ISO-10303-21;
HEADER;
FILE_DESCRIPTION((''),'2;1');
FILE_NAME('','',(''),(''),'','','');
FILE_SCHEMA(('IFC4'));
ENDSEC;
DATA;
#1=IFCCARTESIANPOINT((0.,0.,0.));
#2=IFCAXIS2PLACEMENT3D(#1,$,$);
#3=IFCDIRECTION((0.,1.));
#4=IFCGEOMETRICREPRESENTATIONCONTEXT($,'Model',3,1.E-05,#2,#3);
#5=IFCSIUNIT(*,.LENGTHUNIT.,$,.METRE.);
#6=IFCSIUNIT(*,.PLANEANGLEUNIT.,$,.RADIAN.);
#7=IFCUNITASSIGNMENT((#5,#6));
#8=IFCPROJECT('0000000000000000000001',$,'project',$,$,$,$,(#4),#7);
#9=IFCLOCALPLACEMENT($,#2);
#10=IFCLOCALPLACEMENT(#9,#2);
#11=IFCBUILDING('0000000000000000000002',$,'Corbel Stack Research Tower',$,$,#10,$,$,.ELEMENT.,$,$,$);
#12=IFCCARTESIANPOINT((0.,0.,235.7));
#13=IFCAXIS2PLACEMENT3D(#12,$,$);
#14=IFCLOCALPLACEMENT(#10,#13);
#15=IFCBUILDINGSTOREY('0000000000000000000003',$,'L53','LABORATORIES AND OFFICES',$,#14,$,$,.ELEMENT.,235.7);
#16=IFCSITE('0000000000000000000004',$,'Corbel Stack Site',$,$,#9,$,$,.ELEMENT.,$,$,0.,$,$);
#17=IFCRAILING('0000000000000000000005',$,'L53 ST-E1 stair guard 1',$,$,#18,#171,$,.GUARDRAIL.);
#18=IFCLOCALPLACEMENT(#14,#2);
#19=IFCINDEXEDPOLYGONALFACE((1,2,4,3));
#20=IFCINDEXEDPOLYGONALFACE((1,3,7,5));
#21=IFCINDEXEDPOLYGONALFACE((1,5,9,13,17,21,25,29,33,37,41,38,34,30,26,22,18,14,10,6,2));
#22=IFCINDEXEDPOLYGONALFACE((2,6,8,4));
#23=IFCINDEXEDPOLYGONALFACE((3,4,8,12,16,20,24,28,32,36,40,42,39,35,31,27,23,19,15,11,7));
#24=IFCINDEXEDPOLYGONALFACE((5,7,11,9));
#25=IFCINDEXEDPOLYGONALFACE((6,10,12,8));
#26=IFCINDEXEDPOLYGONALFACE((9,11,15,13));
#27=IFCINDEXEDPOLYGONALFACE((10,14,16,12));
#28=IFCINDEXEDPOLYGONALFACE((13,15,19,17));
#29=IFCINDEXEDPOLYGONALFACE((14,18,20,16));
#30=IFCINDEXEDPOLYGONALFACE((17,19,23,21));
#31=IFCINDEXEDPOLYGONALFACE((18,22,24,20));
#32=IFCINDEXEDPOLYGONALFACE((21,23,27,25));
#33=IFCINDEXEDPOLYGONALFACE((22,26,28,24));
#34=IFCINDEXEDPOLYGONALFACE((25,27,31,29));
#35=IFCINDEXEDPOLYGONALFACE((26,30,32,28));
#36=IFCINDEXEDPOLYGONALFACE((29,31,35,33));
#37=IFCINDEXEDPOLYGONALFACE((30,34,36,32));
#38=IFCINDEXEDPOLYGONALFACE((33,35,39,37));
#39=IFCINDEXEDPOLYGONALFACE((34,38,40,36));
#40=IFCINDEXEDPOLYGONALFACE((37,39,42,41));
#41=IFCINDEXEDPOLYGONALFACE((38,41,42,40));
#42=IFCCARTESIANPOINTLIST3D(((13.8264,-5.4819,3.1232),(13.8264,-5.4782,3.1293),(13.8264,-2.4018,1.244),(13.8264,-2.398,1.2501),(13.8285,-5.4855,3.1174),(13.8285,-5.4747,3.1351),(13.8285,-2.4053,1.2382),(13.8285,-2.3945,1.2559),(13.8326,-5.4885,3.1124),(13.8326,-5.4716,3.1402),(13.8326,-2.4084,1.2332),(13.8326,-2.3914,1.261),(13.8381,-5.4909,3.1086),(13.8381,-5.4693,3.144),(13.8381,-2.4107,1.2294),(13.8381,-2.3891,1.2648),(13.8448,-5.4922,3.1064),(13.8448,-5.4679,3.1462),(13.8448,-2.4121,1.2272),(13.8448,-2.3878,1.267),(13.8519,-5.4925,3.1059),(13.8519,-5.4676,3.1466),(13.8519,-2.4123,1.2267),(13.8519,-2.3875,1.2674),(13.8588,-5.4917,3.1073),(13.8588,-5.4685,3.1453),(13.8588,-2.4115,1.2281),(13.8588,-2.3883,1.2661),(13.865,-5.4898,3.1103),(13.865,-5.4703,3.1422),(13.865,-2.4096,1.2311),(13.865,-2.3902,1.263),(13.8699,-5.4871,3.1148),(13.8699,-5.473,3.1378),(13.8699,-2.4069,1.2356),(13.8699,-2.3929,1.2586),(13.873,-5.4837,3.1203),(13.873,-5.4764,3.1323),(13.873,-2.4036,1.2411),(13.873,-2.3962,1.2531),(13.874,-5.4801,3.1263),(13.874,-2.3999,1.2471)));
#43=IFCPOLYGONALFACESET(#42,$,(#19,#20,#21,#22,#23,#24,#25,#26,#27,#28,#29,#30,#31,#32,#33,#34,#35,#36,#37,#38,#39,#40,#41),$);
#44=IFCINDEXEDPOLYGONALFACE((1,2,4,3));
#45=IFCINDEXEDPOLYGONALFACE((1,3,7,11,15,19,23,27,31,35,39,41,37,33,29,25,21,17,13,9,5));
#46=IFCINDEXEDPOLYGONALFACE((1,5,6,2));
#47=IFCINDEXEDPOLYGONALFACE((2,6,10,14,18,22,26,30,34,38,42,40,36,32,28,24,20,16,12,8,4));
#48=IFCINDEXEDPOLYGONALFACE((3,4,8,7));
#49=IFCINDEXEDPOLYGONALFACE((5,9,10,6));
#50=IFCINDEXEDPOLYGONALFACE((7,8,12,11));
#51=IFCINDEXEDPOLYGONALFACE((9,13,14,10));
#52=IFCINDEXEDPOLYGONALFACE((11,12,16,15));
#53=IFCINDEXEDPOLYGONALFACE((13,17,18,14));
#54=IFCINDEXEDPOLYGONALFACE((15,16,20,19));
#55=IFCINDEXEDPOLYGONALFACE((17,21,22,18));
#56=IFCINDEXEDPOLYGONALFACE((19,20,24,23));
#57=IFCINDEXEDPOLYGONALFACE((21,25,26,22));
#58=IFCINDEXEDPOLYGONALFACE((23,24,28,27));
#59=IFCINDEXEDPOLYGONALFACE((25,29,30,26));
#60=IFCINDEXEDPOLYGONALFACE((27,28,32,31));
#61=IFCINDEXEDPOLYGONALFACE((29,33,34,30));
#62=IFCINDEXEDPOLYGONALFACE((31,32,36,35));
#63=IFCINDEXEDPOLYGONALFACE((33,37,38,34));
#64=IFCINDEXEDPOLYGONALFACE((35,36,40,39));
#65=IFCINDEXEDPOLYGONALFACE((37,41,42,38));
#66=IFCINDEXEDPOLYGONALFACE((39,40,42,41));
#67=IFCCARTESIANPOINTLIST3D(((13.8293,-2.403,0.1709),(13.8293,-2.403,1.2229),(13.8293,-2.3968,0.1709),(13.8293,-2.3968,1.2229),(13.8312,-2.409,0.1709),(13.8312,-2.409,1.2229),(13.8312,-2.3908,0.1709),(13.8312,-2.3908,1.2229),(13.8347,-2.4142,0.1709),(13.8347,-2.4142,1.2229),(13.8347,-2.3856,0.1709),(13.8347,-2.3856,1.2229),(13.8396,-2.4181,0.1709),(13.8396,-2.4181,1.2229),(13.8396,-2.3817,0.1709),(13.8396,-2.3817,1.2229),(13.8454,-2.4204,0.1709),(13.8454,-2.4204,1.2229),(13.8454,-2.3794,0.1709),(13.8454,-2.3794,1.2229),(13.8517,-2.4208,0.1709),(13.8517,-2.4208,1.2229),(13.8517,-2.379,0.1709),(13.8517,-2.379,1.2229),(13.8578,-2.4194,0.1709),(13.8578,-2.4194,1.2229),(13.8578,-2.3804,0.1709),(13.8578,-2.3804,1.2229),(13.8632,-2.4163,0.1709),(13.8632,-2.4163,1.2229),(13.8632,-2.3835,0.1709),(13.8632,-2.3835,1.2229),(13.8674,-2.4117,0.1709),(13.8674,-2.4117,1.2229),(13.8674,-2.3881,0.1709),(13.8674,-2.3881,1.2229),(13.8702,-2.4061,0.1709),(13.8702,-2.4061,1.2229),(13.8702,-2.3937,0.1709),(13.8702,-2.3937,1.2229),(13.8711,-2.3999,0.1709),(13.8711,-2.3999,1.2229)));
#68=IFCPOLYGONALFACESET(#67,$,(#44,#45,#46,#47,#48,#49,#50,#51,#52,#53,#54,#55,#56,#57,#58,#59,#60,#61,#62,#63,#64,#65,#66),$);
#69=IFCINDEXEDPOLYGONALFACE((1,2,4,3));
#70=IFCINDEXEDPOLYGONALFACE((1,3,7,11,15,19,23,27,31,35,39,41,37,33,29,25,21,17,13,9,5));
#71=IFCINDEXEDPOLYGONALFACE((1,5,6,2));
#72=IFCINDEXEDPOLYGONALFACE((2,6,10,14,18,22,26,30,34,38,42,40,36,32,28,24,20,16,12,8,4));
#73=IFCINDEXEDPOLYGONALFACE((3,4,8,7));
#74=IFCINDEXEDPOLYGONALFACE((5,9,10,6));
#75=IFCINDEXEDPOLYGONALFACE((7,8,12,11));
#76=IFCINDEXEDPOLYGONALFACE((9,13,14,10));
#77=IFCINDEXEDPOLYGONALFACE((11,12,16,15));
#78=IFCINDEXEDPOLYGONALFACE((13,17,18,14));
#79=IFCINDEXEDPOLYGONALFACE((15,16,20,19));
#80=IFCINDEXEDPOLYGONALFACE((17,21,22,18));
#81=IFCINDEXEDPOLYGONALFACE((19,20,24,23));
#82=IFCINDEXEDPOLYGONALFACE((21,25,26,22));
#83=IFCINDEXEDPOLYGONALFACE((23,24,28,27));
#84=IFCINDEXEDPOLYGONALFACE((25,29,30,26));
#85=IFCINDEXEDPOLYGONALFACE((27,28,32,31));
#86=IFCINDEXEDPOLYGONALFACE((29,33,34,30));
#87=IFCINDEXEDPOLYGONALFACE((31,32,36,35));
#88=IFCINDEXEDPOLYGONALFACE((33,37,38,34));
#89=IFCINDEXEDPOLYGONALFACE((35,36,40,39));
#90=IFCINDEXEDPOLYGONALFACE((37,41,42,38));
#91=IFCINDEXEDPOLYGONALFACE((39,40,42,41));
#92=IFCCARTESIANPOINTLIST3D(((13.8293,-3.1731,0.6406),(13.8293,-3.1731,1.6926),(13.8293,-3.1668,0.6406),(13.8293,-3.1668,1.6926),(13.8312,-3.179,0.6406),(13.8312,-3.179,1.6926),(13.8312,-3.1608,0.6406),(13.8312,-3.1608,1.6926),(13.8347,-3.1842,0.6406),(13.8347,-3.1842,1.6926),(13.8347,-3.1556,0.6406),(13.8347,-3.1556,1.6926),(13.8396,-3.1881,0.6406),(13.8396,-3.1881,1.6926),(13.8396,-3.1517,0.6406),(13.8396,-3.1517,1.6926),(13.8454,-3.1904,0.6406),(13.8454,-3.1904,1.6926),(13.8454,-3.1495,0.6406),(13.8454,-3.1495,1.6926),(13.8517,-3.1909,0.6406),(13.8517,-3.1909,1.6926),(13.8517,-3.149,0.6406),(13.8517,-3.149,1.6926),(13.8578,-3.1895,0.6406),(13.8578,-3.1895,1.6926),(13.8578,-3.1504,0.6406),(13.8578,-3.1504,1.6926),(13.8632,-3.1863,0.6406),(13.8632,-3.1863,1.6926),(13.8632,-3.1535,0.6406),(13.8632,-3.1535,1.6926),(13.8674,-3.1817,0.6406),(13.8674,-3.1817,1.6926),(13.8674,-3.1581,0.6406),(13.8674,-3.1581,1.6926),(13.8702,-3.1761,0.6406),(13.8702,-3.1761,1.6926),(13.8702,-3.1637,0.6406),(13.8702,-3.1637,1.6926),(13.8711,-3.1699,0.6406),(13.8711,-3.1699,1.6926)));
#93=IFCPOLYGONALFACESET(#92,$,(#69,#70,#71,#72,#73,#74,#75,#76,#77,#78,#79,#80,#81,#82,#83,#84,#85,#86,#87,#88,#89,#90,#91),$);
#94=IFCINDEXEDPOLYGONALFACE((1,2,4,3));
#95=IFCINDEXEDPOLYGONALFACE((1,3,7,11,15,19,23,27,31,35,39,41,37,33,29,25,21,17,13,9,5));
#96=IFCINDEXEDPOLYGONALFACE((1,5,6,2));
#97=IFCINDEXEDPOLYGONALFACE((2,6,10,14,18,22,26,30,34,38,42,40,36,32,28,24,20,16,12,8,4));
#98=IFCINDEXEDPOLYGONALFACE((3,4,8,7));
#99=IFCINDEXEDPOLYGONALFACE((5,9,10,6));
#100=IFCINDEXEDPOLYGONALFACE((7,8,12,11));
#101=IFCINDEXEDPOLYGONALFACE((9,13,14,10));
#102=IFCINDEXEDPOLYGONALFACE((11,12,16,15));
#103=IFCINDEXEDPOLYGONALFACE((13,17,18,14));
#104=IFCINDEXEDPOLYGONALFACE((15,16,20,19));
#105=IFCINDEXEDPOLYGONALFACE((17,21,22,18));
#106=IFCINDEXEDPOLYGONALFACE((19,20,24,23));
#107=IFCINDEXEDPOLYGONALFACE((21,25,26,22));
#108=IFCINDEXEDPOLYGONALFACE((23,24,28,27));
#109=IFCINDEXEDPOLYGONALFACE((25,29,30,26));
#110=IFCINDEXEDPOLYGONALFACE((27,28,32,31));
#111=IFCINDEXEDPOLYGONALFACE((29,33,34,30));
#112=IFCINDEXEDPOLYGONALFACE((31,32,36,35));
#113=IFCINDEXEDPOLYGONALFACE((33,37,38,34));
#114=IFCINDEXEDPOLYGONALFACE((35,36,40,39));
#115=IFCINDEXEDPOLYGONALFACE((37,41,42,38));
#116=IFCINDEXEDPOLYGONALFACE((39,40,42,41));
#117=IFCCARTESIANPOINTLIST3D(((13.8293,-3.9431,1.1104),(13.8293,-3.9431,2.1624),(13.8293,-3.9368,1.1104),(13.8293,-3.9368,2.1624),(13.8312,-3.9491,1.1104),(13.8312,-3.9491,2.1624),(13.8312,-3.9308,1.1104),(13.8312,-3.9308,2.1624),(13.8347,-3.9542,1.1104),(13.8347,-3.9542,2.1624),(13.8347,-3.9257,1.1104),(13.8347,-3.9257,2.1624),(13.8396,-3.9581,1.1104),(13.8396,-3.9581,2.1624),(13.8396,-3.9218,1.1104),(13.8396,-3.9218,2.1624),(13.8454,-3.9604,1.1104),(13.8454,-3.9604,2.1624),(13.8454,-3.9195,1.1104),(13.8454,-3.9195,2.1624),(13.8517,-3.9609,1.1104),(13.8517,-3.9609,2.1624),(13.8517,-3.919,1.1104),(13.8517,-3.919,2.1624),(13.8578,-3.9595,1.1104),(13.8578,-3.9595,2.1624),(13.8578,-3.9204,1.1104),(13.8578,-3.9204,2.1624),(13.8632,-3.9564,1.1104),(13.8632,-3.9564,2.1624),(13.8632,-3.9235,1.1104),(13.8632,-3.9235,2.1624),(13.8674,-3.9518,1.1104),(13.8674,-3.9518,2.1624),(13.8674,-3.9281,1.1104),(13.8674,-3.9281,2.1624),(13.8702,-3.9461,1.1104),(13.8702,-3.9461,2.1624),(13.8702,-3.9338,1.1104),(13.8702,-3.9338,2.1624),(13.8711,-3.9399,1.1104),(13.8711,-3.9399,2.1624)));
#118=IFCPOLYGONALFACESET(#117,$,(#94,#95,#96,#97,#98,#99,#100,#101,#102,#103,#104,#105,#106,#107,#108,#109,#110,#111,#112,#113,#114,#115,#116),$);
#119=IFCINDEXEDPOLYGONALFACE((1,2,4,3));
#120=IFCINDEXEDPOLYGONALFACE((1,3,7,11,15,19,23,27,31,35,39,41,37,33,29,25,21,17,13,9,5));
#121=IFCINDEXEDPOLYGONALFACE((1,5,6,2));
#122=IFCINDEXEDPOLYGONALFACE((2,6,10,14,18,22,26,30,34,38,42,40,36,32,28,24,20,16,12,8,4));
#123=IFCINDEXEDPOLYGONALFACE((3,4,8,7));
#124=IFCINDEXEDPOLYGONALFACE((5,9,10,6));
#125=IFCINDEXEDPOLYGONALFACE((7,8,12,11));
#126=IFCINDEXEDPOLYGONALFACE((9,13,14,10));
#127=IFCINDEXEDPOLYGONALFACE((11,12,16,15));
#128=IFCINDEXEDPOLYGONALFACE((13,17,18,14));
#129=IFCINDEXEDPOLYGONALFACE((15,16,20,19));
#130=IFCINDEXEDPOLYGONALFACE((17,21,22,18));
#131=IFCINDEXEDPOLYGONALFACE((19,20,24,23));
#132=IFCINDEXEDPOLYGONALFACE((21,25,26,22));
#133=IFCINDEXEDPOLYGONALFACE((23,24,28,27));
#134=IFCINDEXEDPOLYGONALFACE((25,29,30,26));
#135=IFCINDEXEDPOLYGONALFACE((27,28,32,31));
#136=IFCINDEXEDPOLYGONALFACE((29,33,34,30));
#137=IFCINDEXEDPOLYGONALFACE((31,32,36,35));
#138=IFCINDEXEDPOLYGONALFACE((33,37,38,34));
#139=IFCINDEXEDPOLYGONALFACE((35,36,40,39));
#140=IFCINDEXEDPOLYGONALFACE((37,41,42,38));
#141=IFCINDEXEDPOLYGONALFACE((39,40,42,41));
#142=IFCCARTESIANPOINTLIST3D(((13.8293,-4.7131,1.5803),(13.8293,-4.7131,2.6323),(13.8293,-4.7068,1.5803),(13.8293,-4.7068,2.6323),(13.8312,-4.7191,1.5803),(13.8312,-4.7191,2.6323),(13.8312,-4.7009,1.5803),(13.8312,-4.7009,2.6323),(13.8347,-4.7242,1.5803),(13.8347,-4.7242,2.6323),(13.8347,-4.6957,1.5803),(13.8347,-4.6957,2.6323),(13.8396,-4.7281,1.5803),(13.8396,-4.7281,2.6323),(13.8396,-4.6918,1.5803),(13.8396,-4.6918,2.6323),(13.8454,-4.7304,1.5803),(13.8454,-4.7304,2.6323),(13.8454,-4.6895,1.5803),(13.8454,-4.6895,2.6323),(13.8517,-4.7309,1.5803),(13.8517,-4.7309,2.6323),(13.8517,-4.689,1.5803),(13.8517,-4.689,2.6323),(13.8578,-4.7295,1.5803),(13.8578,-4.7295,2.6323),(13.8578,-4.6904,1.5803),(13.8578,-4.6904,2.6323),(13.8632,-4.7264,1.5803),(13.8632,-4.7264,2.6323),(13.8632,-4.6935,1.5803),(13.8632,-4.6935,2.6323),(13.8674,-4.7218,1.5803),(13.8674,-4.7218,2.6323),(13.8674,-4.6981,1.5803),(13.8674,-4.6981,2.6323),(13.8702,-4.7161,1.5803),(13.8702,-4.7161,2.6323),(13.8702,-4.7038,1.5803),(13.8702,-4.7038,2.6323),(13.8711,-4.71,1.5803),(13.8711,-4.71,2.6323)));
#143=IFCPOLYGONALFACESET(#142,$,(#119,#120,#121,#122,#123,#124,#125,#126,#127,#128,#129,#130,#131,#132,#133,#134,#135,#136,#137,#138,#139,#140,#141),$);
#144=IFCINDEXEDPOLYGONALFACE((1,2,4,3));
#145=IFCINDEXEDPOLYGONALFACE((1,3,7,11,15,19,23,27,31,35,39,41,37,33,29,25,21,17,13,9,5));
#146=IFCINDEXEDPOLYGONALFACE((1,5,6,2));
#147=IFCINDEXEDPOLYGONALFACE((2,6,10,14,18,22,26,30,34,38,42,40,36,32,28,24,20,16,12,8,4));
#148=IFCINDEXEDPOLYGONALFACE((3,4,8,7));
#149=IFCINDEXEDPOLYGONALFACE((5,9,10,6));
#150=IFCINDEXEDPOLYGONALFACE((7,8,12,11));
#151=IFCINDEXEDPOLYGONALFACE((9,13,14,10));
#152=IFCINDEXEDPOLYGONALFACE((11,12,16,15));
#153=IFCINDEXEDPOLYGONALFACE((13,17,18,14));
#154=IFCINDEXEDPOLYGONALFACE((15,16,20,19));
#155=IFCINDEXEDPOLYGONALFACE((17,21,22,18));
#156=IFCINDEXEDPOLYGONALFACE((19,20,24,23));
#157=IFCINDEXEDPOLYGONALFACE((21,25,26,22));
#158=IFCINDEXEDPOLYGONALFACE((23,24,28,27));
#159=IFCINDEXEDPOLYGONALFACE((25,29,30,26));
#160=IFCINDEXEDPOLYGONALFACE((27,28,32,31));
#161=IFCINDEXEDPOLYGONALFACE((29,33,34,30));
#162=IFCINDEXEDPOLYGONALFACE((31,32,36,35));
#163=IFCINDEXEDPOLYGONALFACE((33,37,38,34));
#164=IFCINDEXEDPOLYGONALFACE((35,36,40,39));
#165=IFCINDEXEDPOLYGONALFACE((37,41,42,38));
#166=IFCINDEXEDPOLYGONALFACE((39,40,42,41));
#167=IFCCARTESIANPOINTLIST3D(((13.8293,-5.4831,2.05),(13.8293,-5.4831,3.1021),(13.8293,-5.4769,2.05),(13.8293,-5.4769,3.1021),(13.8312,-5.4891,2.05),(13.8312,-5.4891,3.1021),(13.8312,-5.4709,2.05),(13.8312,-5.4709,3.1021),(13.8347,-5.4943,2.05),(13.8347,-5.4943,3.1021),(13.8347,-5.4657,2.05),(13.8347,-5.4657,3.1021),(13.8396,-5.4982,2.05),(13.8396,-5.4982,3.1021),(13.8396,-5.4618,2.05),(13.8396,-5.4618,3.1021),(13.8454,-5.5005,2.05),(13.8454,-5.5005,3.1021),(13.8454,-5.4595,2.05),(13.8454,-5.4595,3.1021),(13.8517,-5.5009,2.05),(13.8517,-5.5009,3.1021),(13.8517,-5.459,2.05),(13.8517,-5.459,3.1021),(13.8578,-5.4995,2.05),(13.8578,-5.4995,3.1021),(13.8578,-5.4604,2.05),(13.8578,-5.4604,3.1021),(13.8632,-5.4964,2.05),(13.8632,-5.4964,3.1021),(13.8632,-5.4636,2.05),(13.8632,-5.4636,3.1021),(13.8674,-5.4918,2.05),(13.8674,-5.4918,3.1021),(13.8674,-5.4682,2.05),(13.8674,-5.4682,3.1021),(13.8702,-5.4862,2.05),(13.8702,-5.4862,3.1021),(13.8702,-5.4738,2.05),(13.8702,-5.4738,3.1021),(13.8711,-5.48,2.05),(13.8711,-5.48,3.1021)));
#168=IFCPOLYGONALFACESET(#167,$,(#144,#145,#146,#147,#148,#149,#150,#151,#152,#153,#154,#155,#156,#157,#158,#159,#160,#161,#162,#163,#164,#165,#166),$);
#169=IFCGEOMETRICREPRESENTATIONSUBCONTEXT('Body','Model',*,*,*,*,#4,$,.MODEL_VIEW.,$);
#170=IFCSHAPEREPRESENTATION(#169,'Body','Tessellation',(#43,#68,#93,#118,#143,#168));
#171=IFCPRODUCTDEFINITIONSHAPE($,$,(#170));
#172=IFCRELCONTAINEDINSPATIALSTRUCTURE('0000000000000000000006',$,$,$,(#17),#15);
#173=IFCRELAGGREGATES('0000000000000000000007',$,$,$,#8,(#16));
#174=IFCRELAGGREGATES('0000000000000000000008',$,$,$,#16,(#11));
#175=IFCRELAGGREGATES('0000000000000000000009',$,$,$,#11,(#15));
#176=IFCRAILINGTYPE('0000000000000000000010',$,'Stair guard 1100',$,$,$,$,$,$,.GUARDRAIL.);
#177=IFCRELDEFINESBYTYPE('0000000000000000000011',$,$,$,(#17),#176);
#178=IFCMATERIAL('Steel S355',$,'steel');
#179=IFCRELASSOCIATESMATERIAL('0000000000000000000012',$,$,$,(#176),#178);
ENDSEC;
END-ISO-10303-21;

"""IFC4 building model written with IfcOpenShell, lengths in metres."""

from ifc_helpers import new_model, si_unit, direction, frame, origin, origin_2d, place, context, subcontext, project, spatial, circle, extrude, material, type_object, element, save


model = new_model("IFC4")

# Units and contexts
model_context = context("Model", 3, precision=1e-05, world=origin(), true_north=direction((0.0, 1.0)))
body_context = subcontext(model_context, "Body", "Model", "MODEL_VIEW")
ifc_project = project(units=[si_unit("LENGTHUNIT", "METRE"), si_unit("PLANEANGLEUNIT", "RADIAN")], contexts=[model_context])

# Site, building, storey
site_placement = place(None, origin())
site = spatial("IfcSite", under=ifc_project, at=site_placement, Name="Corbel Stack Site", CompositionType="ELEMENT", RefElevation=0.0)
building_placement = place(site_placement, origin())
building = spatial("IfcBuilding", under=site, at=building_placement, Name="Corbel Stack Research Tower", CompositionType="ELEMENT")
storey_placement = place(building_placement, frame((0.0, 0.0, 235.7)))
storey = spatial("IfcBuildingStorey", under=building, at=storey_placement, Name="L53", Description="LABORATORIES AND OFFICES", CompositionType="ELEMENT", Elevation=235.7)

# Railing
ifc_material_1 = material(Name="Steel S355", Category="steel")
railing_type_1 = type_object("IfcRailingType", Name="Stair guard 1100", PredefinedType="GUARDRAIL", material=ifc_material_1)
railing_1_placement = place(storey_placement, frame((13.8501, -2.3999, 0.1709)))
element("IfcRailing", 1, at=railing_1_placement, inside=storey, type_object=railing_type_1, Name="L53 ST-E1 stair guard 1", PredefinedType="GUARDRAIL", context=body_context, shape_type="SweptSolid", body=[
    extrude(circle(Radius=0.0239, at=origin_2d()), frame((0.0, 0.0, 1.0762), z_axis=(0.0, -0.853666, 0.52082), x_axis=(1.0, 0.0, 0.0)), (0.0, 0.0, 1.0), 3.6082),
    extrude(circle(Radius=0.021, at=origin_2d()), origin(), (0.0, 0.0, 1.0), 1.052),
    extrude(circle(Radius=0.021, at=origin_2d()), frame((0.0, -0.77, 0.4697)), (0.0, 0.0, 1.0), 1.052),
    extrude(circle(Radius=0.021, at=origin_2d()), frame((0.0, -1.54, 0.9395)), (0.0, 0.0, 1.0), 1.052),
    extrude(circle(Radius=0.021, at=origin_2d()), frame((0.0, -2.3101, 1.4094)), (0.0, 0.0, 1.0), 1.052),
    extrude(circle(Radius=0.021, at=origin_2d()), frame((0.0, -3.0801, 1.8792)), (0.0, 0.0, 1.0), 1.052),
])

save(model, "model.ifc")
